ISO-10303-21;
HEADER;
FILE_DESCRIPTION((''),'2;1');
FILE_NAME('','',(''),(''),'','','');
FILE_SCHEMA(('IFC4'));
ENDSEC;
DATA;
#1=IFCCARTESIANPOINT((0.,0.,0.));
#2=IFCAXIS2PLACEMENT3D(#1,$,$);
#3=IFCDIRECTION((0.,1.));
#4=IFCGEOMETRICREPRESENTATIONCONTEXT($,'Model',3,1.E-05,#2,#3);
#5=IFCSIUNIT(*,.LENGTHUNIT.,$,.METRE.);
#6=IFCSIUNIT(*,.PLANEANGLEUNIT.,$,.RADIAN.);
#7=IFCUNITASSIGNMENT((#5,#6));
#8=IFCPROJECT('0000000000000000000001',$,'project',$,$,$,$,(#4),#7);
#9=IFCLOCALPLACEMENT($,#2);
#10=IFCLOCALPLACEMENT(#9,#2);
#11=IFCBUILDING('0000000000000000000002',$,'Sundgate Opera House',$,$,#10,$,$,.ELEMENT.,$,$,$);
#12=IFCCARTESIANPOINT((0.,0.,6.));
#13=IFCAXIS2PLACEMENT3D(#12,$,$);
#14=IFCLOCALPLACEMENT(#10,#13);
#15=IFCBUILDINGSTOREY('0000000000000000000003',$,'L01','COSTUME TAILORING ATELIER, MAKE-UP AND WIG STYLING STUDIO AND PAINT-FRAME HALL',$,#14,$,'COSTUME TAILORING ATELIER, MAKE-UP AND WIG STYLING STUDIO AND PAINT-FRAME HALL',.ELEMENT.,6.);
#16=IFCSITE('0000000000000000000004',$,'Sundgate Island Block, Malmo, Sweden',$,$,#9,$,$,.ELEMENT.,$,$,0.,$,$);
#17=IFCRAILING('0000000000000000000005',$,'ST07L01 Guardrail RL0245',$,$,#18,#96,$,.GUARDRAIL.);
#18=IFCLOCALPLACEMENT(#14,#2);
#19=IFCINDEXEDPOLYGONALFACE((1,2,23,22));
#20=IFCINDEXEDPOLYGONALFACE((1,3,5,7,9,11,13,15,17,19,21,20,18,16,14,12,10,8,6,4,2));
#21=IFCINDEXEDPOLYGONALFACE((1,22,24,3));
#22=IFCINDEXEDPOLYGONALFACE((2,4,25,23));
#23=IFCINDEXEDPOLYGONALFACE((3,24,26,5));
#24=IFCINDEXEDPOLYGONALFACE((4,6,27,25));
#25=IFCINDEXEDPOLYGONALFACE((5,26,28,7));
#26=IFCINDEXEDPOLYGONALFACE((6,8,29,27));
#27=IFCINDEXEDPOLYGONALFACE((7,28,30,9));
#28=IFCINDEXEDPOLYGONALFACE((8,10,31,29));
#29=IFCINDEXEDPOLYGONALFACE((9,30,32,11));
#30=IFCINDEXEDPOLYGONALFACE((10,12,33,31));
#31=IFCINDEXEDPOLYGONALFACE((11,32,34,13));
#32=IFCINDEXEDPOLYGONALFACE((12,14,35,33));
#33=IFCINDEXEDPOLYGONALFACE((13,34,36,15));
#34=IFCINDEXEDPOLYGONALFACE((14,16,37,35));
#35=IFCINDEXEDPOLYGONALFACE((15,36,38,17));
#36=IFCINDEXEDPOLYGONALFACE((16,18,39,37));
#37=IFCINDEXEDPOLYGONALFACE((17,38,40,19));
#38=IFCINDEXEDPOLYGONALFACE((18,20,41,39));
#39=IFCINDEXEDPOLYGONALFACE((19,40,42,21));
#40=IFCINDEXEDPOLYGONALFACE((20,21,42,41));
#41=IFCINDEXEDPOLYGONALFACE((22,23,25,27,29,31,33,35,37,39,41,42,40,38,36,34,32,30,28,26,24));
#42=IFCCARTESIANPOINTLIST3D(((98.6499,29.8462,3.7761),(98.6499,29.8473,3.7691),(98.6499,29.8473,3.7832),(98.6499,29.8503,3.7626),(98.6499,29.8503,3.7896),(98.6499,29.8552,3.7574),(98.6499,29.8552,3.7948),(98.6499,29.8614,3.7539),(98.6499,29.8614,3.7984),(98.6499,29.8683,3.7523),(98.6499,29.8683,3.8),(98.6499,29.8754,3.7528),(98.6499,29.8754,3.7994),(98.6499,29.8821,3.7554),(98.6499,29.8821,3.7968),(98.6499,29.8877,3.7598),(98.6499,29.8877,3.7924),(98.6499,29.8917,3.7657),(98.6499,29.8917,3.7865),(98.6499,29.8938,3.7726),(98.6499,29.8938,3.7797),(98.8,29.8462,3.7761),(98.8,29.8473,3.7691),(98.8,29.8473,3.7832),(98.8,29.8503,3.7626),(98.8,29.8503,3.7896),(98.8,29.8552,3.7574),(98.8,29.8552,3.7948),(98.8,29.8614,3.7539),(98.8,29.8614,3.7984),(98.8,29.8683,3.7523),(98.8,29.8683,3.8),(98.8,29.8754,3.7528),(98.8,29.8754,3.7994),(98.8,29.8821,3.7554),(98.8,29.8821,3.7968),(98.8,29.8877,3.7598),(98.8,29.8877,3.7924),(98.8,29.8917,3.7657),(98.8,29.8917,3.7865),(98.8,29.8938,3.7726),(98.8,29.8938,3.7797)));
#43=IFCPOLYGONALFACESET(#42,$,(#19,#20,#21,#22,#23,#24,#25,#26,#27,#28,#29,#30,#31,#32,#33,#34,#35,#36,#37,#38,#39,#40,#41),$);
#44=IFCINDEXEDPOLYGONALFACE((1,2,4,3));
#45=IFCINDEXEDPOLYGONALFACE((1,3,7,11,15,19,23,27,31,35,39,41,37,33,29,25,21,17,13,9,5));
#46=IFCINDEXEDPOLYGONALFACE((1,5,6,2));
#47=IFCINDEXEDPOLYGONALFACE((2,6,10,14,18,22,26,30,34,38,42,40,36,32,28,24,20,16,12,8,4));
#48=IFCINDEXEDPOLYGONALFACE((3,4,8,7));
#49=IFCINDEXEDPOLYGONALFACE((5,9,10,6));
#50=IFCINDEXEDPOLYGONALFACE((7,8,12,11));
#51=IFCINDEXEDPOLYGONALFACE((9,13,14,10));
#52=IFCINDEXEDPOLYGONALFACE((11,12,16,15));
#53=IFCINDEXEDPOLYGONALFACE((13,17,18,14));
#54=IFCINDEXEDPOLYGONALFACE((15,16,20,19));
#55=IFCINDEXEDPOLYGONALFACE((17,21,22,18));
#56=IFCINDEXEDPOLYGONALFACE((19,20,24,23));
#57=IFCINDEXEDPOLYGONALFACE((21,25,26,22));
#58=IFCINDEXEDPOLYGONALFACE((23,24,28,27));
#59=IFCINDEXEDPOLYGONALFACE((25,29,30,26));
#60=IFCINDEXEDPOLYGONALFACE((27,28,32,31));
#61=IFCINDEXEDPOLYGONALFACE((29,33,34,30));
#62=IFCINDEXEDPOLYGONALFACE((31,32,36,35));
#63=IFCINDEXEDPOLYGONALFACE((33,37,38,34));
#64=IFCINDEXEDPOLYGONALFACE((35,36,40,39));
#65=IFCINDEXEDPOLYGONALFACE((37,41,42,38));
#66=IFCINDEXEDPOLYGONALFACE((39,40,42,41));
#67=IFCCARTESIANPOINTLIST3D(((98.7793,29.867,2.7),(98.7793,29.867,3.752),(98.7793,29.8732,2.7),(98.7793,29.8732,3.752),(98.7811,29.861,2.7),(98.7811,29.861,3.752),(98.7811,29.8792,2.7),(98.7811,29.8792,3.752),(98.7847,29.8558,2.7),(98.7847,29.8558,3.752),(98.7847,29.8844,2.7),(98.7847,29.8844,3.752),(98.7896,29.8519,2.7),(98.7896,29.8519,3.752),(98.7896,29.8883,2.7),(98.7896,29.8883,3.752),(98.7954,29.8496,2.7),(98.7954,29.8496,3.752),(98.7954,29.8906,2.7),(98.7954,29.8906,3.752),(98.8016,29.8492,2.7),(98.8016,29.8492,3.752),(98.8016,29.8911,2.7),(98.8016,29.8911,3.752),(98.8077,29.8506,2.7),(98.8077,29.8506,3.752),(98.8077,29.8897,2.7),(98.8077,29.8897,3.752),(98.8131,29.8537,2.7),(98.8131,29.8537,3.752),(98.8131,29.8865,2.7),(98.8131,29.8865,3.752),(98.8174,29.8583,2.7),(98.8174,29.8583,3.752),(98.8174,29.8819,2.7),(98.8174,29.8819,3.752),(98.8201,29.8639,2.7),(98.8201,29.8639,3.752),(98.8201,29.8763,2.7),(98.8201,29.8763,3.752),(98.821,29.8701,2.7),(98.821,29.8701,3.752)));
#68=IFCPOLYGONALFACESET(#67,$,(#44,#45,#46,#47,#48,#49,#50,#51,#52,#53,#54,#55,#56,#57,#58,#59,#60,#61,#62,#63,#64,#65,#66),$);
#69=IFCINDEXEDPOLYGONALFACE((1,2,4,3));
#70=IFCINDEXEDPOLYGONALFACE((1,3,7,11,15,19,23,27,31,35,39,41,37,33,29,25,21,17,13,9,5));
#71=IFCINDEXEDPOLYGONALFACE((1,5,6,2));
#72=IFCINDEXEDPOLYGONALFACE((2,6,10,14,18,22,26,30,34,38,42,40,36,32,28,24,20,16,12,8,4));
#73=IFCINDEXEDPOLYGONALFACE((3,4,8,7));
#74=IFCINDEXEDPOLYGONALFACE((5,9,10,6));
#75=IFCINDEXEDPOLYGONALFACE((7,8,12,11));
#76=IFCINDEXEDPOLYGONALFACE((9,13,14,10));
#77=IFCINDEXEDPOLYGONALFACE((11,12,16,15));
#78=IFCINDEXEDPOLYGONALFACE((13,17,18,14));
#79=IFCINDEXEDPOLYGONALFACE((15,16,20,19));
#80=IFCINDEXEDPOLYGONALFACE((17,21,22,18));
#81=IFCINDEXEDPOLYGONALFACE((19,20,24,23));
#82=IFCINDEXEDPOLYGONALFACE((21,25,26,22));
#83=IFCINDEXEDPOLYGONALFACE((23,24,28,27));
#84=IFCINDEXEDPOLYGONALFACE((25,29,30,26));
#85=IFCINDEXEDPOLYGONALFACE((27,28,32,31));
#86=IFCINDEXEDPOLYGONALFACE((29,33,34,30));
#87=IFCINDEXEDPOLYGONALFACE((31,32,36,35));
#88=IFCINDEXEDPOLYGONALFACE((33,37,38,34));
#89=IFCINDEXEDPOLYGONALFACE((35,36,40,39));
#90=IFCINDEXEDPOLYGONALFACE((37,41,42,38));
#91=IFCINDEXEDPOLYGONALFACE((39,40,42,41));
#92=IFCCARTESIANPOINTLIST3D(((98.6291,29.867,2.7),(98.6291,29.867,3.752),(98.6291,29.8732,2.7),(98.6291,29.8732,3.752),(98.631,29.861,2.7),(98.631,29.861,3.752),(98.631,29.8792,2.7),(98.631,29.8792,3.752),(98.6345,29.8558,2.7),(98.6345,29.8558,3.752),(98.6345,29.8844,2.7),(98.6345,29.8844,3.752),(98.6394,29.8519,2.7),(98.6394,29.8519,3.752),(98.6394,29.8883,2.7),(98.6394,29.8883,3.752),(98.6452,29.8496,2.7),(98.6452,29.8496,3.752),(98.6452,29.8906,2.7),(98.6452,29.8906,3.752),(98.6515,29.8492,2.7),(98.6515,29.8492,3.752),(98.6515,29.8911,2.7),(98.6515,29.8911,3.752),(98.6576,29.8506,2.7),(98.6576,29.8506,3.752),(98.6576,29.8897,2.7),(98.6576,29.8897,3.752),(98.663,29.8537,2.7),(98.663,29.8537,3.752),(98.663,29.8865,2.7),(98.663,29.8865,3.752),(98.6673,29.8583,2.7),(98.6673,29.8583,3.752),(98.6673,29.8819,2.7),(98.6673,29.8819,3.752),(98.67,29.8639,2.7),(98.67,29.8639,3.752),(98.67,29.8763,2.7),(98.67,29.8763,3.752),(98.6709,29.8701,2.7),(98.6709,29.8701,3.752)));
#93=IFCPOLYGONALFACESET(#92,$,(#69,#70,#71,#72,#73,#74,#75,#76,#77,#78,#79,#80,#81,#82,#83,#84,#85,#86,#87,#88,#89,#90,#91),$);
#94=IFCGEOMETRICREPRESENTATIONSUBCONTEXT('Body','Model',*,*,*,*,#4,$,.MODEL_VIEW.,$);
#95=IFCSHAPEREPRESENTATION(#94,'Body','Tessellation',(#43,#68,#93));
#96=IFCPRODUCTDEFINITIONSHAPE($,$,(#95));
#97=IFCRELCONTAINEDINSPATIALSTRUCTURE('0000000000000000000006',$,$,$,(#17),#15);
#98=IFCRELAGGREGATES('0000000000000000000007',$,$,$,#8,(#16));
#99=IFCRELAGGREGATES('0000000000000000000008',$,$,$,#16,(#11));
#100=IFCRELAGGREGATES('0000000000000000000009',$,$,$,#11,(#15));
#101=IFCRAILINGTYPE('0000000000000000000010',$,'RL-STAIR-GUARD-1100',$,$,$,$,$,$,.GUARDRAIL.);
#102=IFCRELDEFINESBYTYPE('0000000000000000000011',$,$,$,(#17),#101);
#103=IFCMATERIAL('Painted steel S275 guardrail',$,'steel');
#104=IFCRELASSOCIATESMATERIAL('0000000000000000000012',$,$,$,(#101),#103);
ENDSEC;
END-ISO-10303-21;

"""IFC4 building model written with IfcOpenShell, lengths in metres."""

from ifc_helpers import new_model, si_unit, direction, frame, origin, origin_2d, place, context, subcontext, project, spatial, circle, extrude, material, type_object, element, save


model = new_model("IFC4")

# Units and contexts
model_context = context("Model", 3, precision=1e-05, world=origin(), true_north=direction((0.0, 1.0)))
body_context = subcontext(model_context, "Body", "Model", "MODEL_VIEW")
ifc_project = project(units=[si_unit("LENGTHUNIT", "METRE"), si_unit("PLANEANGLEUNIT", "RADIAN")], contexts=[model_context])

# Site, building, storey
site_placement = place(None, origin())
site = spatial("IfcSite", under=ifc_project, at=site_placement, Name="Sundgate Island Block, Malmo, Sweden", CompositionType="ELEMENT", RefElevation=0.0)
building_placement = place(site_placement, origin())
building = spatial("IfcBuilding", under=site, at=building_placement, Name="Sundgate Opera House", CompositionType="ELEMENT")
storey_placement = place(building_placement, frame((0.0, 0.0, 6.0)))
storey = spatial("IfcBuildingStorey", under=building, at=storey_placement, Name="L01", Description="COSTUME TAILORING ATELIER, MAKE-UP AND WIG STYLING STUDIO AND PAINT-FRAME HALL", LongName="COSTUME TAILORING ATELIER, MAKE-UP AND WIG STYLING STUDIO AND PAINT-FRAME HALL", CompositionType="ELEMENT", Elevation=6.0)

# Railing
ifc_material_1 = material(Name="Painted steel S275 guardrail", Category="steel")
railing_type_1 = type_object("IfcRailingType", Name="RL-STAIR-GUARD-1100", PredefinedType="GUARDRAIL", material=ifc_material_1)
railing_1_placement = place(storey_placement, frame((98.8, 29.8701, 2.7)))
element("IfcRailing", 1, at=railing_1_placement, inside=storey, type_object=railing_type_1, Name="ST07L01 Guardrail RL0245", PredefinedType="GUARDRAIL", context=body_context, shape_type="SweptSolid", body=[
    extrude(circle(Radius=0.0239, at=origin_2d()), frame((0.0, 0.0, 1.0762), z_axis=(-1.0, 0.0, 0.0), x_axis=(0.0, -1.0, 0.0)), (0.0, 0.0, 1.0), 0.1501),
    extrude(circle(Radius=0.021, at=origin_2d()), origin(), (0.0, 0.0, 1.0), 1.052),
    extrude(circle(Radius=0.021, at=origin_2d()), frame((-0.1501, 0.0, 0.0)), (0.0, 0.0, 1.0), 1.052),
])

save(model, "model.ifc")
